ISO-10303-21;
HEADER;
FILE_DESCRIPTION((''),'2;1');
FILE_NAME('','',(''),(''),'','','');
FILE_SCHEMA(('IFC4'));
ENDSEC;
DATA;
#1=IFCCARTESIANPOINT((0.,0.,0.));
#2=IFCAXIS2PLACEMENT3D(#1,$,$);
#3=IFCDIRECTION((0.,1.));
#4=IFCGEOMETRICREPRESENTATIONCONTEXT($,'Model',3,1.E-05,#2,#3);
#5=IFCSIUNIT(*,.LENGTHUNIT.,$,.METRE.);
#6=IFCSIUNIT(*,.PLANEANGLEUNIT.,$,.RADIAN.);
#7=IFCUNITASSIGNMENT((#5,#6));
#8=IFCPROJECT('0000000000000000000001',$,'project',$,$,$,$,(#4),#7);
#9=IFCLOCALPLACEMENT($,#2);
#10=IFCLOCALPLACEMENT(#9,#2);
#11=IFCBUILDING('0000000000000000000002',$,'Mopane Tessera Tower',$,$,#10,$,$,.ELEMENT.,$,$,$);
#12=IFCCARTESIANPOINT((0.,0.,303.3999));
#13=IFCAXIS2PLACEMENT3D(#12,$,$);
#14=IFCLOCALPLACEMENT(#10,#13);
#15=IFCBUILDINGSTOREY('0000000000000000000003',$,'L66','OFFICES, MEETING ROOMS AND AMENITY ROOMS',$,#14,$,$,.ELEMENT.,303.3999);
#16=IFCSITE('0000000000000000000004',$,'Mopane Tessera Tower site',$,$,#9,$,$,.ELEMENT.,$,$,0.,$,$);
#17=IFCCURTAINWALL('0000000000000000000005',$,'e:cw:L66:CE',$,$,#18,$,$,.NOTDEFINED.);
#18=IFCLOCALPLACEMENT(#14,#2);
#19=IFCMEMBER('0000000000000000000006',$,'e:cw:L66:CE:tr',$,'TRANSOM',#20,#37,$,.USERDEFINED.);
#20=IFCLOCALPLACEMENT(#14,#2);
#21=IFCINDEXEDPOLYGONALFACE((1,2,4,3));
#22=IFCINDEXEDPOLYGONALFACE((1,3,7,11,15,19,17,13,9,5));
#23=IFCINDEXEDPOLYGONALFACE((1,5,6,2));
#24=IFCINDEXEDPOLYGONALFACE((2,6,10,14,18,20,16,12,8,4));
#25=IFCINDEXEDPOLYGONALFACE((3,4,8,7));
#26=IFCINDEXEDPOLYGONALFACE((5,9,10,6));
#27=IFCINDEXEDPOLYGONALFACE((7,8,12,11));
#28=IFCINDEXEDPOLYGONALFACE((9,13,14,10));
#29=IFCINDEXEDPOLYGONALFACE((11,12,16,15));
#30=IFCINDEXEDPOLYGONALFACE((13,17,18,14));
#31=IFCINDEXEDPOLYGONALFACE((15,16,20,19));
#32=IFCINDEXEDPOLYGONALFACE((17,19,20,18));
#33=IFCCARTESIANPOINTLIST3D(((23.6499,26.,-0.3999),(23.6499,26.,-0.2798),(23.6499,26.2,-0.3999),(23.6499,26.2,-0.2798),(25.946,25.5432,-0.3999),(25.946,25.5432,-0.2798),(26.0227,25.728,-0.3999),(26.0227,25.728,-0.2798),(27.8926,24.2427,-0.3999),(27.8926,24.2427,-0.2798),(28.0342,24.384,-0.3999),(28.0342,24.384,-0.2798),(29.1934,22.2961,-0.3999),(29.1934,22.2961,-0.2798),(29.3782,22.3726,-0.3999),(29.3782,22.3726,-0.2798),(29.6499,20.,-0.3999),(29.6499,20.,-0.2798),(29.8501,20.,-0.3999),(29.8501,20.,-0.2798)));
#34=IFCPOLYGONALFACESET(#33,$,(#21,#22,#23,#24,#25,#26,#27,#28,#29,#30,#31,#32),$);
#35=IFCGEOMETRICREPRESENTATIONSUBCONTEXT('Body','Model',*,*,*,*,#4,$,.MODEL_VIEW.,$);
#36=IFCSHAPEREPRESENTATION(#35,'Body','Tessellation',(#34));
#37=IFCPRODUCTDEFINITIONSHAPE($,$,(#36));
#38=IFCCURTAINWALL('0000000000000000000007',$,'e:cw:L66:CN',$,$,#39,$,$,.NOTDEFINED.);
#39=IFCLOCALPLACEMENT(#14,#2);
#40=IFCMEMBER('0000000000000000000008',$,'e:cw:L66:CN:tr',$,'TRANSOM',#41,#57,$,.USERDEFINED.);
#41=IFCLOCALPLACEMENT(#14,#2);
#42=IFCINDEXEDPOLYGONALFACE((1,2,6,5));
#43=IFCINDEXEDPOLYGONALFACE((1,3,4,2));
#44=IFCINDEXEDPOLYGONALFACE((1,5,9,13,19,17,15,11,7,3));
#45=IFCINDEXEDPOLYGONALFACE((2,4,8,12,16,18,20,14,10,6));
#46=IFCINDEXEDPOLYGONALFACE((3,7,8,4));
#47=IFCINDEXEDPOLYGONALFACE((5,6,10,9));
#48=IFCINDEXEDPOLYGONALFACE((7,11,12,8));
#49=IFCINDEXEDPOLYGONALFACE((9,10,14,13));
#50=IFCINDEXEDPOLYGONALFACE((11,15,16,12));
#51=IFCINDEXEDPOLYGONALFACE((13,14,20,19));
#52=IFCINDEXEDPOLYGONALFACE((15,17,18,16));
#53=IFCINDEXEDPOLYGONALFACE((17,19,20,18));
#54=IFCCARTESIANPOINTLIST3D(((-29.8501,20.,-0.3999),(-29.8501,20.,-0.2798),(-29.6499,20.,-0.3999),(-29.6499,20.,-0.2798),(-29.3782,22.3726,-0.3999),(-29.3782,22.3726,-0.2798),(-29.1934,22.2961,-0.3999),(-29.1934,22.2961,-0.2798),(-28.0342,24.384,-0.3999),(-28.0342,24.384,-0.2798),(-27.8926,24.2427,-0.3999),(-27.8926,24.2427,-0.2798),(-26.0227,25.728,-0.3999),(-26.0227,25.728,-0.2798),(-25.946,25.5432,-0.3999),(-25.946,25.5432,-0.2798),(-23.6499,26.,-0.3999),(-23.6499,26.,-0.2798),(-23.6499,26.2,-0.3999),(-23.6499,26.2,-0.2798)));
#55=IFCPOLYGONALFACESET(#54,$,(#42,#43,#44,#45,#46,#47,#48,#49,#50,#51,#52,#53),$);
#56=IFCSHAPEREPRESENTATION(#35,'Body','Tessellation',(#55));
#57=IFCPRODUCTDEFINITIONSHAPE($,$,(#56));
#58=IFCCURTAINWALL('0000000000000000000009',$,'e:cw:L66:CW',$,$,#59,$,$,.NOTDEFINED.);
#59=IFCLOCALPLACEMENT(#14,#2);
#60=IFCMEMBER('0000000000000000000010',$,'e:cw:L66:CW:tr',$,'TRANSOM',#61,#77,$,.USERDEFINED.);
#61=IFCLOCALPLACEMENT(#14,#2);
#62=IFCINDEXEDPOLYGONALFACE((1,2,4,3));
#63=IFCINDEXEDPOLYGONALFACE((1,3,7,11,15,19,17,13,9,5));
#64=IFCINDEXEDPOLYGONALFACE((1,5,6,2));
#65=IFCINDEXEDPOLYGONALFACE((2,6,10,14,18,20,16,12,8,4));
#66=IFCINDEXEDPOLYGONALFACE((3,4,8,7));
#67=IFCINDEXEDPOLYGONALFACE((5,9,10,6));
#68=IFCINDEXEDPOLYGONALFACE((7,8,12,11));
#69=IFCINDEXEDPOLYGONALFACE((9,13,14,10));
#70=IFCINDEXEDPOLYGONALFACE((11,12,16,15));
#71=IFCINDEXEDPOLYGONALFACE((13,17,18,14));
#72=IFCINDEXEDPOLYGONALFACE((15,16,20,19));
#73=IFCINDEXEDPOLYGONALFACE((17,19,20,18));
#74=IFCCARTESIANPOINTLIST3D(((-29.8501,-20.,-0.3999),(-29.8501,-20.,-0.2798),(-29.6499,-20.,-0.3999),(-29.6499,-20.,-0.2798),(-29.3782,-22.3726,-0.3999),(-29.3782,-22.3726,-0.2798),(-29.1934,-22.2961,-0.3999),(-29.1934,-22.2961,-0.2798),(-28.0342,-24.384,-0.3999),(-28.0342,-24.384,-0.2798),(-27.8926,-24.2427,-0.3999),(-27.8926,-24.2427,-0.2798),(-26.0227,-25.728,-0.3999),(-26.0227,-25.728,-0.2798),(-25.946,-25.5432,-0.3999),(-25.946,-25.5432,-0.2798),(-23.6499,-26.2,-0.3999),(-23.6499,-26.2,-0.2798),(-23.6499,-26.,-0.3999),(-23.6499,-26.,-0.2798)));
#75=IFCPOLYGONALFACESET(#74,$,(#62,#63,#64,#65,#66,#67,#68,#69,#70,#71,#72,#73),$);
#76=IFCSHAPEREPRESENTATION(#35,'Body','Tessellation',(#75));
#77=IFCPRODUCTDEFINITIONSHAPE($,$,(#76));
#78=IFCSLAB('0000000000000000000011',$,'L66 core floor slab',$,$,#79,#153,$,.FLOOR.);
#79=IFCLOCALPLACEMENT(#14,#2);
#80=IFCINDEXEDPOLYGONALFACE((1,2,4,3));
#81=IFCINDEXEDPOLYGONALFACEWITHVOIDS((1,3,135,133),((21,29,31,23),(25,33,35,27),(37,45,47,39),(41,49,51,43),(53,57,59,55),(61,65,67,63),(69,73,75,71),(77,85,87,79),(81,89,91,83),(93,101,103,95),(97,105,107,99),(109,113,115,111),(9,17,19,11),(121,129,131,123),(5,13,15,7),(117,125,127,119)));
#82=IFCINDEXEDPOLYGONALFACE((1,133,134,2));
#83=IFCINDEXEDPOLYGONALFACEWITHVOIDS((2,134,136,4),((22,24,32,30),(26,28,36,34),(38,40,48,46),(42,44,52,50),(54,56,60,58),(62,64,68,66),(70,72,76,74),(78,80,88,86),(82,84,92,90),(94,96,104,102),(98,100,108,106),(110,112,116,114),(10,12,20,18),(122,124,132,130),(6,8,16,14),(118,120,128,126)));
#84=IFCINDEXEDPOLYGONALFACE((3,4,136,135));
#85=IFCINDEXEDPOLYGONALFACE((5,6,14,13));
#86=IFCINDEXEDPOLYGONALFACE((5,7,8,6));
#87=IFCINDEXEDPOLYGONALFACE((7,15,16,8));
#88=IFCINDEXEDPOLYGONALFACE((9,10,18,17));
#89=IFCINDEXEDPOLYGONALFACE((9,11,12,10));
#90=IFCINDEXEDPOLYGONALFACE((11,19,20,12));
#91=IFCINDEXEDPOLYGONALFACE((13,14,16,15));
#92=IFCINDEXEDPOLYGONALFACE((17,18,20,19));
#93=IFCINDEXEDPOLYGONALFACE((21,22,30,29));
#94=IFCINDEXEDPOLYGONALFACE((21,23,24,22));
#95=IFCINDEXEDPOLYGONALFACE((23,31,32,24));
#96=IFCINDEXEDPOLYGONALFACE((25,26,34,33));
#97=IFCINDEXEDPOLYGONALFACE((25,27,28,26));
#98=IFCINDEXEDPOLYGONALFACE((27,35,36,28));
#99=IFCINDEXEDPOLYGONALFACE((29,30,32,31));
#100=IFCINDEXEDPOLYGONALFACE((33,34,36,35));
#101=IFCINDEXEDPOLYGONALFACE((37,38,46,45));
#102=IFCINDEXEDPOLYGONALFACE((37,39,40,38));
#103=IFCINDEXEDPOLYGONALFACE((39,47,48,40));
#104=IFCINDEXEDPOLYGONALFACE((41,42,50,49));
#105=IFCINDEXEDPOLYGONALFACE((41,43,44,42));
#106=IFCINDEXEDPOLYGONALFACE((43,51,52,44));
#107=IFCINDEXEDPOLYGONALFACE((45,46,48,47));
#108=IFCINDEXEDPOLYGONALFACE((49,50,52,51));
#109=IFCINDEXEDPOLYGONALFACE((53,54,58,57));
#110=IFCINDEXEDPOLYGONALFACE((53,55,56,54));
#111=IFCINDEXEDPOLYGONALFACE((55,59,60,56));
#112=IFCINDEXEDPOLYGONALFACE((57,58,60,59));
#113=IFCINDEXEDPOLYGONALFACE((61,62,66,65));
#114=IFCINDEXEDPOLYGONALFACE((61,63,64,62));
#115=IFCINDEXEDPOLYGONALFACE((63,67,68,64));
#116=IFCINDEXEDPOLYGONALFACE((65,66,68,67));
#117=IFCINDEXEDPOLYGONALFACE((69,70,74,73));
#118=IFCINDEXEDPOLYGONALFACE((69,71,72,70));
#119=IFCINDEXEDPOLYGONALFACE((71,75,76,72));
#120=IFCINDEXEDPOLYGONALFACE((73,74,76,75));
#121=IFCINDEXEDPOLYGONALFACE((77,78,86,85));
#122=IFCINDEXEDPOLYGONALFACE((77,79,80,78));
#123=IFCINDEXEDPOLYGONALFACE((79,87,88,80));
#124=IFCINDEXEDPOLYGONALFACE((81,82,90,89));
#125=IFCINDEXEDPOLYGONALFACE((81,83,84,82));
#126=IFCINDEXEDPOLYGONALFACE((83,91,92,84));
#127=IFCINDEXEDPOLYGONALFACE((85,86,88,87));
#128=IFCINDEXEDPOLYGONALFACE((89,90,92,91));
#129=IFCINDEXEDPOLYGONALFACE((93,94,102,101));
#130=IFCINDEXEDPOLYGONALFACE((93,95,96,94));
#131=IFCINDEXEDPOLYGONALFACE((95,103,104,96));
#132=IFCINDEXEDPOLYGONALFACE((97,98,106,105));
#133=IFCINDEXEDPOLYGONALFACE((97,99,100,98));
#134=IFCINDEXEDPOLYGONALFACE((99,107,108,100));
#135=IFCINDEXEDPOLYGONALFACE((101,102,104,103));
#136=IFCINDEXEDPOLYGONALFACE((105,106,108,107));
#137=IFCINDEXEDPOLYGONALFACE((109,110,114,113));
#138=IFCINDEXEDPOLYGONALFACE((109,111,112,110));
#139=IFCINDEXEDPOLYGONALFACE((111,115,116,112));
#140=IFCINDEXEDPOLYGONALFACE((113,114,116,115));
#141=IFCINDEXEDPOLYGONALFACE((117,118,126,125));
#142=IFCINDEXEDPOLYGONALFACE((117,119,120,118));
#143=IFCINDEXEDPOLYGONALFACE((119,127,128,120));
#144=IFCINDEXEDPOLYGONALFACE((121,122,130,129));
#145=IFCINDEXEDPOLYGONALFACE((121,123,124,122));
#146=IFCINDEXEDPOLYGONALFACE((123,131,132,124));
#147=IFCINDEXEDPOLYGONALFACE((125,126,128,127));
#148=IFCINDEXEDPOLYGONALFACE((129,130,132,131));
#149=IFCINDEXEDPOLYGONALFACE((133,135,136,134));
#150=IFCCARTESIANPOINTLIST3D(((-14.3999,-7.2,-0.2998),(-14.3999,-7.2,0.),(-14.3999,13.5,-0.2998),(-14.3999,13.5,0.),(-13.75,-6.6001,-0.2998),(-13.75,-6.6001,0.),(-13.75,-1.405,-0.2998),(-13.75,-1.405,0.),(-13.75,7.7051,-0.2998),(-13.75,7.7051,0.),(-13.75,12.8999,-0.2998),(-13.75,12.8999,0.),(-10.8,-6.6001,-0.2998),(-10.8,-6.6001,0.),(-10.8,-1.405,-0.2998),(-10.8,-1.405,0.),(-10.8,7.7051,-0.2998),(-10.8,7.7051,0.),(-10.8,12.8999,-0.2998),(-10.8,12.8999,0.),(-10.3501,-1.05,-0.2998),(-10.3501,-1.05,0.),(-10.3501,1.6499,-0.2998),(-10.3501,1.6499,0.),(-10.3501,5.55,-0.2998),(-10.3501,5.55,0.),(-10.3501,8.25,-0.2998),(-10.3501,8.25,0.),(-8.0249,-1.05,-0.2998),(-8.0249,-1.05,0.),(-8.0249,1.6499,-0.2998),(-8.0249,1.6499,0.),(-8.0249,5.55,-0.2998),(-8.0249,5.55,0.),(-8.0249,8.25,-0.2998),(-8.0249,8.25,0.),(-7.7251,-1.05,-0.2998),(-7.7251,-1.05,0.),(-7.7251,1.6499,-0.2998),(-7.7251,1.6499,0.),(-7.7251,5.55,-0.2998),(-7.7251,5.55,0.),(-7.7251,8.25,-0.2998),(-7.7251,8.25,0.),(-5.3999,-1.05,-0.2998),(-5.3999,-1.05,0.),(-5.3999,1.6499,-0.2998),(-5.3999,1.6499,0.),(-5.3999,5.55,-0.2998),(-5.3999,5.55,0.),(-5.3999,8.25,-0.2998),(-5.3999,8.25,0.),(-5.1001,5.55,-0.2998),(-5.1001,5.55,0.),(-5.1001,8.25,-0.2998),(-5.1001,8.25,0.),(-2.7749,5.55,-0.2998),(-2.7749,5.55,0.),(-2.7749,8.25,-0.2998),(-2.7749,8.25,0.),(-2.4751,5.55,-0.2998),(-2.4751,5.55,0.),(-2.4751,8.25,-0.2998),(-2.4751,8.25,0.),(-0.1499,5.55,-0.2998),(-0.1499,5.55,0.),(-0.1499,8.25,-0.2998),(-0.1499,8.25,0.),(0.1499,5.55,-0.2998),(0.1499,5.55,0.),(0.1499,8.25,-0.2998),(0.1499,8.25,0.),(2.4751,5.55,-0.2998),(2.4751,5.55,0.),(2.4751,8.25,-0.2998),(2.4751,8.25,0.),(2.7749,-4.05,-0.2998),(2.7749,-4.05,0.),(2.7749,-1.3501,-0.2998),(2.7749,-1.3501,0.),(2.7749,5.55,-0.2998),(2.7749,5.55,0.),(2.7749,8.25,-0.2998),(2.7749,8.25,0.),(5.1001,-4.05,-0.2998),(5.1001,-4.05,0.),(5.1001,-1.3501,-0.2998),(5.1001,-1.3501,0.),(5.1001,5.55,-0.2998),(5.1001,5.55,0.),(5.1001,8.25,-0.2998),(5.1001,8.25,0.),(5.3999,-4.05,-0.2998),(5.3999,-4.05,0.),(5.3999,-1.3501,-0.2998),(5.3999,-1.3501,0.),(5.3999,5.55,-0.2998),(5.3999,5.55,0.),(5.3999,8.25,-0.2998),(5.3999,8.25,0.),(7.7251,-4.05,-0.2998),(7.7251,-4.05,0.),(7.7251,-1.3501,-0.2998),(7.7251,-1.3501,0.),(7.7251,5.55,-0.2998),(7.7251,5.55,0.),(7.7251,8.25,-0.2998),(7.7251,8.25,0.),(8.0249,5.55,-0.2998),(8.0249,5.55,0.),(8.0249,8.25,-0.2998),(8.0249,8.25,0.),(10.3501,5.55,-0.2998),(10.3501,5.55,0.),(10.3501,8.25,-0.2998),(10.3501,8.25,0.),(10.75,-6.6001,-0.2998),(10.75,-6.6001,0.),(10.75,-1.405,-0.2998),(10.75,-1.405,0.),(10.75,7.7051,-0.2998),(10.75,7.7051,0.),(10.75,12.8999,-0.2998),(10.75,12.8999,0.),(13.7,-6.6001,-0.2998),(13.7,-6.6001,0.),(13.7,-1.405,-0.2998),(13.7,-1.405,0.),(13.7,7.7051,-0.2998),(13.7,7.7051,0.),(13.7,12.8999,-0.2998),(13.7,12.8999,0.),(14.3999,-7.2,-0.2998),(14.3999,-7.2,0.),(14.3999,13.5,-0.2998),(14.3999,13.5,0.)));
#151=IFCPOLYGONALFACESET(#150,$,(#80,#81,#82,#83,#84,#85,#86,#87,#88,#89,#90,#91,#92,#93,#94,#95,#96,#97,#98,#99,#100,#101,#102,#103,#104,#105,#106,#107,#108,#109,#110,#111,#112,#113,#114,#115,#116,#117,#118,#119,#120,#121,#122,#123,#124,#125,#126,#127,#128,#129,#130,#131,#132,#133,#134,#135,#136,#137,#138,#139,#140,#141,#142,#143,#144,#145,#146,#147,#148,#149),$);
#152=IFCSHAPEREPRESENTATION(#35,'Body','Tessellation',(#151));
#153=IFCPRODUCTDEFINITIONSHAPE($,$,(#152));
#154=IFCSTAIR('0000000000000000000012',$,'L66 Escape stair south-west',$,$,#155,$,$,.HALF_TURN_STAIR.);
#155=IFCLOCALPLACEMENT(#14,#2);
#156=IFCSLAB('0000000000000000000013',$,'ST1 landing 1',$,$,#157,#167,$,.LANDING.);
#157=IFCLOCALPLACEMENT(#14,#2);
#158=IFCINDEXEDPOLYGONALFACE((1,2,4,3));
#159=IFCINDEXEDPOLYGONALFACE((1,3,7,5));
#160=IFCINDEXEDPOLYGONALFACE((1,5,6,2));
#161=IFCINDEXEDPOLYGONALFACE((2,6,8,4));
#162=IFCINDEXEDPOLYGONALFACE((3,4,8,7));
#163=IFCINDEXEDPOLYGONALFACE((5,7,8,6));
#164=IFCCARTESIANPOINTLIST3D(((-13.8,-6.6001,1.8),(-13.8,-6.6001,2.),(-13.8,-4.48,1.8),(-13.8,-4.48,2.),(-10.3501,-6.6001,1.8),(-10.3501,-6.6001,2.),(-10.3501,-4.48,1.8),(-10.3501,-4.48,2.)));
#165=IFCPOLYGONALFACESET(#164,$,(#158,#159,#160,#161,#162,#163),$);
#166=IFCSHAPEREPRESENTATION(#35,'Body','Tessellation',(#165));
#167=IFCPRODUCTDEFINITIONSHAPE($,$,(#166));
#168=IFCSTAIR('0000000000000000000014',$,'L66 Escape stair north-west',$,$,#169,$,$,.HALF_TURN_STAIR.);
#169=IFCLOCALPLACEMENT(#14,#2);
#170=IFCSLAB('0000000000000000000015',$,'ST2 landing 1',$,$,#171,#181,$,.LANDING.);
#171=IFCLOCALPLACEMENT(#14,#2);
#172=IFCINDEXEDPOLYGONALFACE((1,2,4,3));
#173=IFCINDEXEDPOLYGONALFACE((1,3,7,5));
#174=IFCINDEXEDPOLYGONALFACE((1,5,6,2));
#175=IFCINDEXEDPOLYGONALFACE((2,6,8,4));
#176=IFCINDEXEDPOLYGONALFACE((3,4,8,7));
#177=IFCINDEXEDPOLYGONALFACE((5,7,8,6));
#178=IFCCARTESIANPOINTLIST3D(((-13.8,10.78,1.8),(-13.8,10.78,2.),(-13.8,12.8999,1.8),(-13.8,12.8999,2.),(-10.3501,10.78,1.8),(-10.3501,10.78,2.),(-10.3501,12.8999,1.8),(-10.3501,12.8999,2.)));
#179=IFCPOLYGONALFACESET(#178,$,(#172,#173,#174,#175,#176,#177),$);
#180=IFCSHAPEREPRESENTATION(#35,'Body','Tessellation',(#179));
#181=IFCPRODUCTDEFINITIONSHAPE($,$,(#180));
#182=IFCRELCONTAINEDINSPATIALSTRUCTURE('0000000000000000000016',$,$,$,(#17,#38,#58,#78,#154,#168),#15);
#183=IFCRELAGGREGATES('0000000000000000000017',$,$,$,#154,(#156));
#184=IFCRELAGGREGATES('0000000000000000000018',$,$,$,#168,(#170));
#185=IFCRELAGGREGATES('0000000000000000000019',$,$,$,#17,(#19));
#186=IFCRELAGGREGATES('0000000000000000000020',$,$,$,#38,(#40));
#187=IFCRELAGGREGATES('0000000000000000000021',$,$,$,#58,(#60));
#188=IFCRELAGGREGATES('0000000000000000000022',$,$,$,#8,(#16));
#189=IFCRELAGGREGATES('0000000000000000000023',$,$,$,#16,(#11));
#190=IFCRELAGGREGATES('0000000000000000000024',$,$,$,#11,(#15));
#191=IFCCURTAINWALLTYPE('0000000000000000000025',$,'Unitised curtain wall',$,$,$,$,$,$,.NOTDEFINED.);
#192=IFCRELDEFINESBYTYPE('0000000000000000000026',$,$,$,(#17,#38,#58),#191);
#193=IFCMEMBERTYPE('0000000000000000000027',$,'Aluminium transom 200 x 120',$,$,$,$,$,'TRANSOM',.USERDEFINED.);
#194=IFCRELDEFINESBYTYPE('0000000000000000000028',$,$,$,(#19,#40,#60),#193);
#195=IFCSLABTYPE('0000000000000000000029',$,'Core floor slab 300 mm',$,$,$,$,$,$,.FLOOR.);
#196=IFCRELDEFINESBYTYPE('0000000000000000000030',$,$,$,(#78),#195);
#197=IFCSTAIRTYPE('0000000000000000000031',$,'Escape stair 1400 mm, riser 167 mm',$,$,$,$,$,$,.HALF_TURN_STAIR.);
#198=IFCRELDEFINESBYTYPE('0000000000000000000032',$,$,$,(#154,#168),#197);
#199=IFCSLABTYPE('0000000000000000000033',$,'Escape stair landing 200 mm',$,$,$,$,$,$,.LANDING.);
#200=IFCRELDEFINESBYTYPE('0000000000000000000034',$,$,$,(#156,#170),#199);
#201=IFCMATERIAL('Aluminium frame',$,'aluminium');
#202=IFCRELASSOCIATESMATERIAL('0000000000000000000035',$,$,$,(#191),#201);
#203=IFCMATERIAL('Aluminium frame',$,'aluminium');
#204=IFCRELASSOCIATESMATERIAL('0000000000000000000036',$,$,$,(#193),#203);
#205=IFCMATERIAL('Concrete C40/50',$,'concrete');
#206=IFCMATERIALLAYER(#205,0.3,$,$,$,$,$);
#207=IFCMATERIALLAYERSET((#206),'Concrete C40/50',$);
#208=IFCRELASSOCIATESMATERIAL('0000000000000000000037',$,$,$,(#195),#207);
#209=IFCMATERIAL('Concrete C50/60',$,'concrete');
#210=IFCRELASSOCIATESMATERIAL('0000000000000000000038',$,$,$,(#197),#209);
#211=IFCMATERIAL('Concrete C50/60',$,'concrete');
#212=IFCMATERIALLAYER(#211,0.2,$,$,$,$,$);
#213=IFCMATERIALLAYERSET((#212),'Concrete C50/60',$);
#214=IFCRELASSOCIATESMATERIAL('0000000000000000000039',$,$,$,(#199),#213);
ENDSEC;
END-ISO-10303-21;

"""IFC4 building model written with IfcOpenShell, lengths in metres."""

from ifc_helpers import new_model, si_unit, direction, frame, origin, origin_2d, place, context, subcontext, project, spatial, polyline, rectangle, outline, extrude, material, layer, layer_set, material_profile, profile_set, type_object, element, aggregate, save


model = new_model("IFC4")

# Units and contexts
model_context = context("Model", 3, precision=1e-05, world=origin(), true_north=direction((0.0, 1.0)))
body_context = subcontext(model_context, "Body", "Model", "MODEL_VIEW")
ifc_project = project(units=[si_unit("LENGTHUNIT", "METRE"), si_unit("PLANEANGLEUNIT", "RADIAN")], contexts=[model_context])

# Site, building, storey
site_placement = place(None, origin())
site = spatial("IfcSite", under=ifc_project, at=site_placement, Name="Mopane Tessera Tower site", CompositionType="ELEMENT", RefElevation=0.0)
building_placement = place(site_placement, origin())
building = spatial("IfcBuilding", under=site, at=building_placement, Name="Mopane Tessera Tower", CompositionType="ELEMENT")
storey_placement = place(building_placement, frame((0.0, 0.0, 303.3999)))
storey = spatial("IfcBuildingStorey", under=building, at=storey_placement, Name="L66", Description="OFFICES, MEETING ROOMS AND AMENITY ROOMS", CompositionType="ELEMENT", Elevation=303.3999)

# Curtain walls, members
ifc_material_1 = material(Name="Aluminium frame", Category="aluminium")
curtain_wall_type = type_object("IfcCurtainWallType", Name="Unitised curtain wall", PredefinedType="NOTDEFINED", material=ifc_material_1)
curtain_wall_1_placement = place(storey_placement, origin())
curtain_wall_1 = element("IfcCurtainWall", 1, at=curtain_wall_1_placement, inside=storey, type_object=curtain_wall_type, Name="e:cw:L66:CE", PredefinedType="NOTDEFINED")
ifc_material_2 = material(Name="Aluminium frame", Category="aluminium")
ifc_material_profile = material_profile(ifc_material_2, rectangle(XDim=0.2, YDim=0.1201, at=origin_2d()))
ifc_profile_set = profile_set([ifc_material_profile], Name="Aluminium frame")
member_type = type_object("IfcMemberType", Name="Aluminium transom 200 x 120", ElementType="TRANSOM", PredefinedType="USERDEFINED", material=ifc_profile_set)
member_1_placement = place(storey_placement, frame((0.0, 0.0, -0.3999)))
member_1 = element("IfcMember", 2, at=member_1_placement, type_object=member_type, Name="e:cw:L66:CE:tr", ObjectType="TRANSOM", PredefinedType="USERDEFINED", context=body_context, shape_type="SweptSolid", body=[
    extrude(outline(polyline([(29.6499, 20.0), (29.1934, 22.2961), (27.8926, 24.2427), (25.946, 25.5432), (23.6499, 26.0), (23.6499, 26.2), (26.0227, 25.728), (28.0342, 24.384), (29.3782, 22.3726), (29.8501, 20.0), (29.6499, 20.0)])), origin(), (0.0, 0.0, 1.0), 0.1201),
])
curtain_wall_2_placement = place(storey_placement, origin())
curtain_wall_2 = element("IfcCurtainWall", 3, at=curtain_wall_2_placement, inside=storey, type_object=curtain_wall_type, Name="e:cw:L66:CN", PredefinedType="NOTDEFINED")
member_2_placement = place(storey_placement, frame((0.0, 0.0, -0.3999)))
member_2 = element("IfcMember", 4, at=member_2_placement, type_object=member_type, Name="e:cw:L66:CN:tr", ObjectType="TRANSOM", PredefinedType="USERDEFINED", context=body_context, shape_type="SweptSolid", body=[
    extrude(outline(polyline([(-23.6499, 26.0), (-25.946, 25.5432), (-27.8926, 24.2427), (-29.1934, 22.2961), (-29.6499, 20.0), (-29.8501, 20.0), (-29.3782, 22.3726), (-28.0342, 24.384), (-26.0227, 25.728), (-23.6499, 26.2), (-23.6499, 26.0)])), origin(), (0.0, 0.0, 1.0), 0.1201),
])
curtain_wall_3_placement = place(storey_placement, origin())
curtain_wall_3 = element("IfcCurtainWall", 5, at=curtain_wall_3_placement, inside=storey, type_object=curtain_wall_type, Name="e:cw:L66:CW", PredefinedType="NOTDEFINED")
member_3_placement = place(storey_placement, frame((0.0, 0.0, -0.3999)))
member_3 = element("IfcMember", 6, at=member_3_placement, type_object=member_type, Name="e:cw:L66:CW:tr", ObjectType="TRANSOM", PredefinedType="USERDEFINED", context=body_context, shape_type="SweptSolid", body=[
    extrude(outline(polyline([(-29.6499, -20.0), (-29.1934, -22.2961), (-27.8926, -24.2427), (-25.946, -25.5432), (-23.6499, -26.0), (-23.6499, -26.2), (-26.0227, -25.728), (-28.0342, -24.384), (-29.3782, -22.3726), (-29.8501, -20.0), (-29.6499, -20.0)])), origin(), (0.0, 0.0, 1.0), 0.1201),
])

# Slab
ifc_material_3 = material(Name="Concrete C40/50", Category="concrete")
ifc_layer_1 = layer(ifc_material_3, 0.3)
ifc_layer_set_1 = layer_set([ifc_layer_1], Name="Concrete C40/50")
slab_type_1 = type_object("IfcSlabType", Name="Core floor slab 300 mm", PredefinedType="FLOOR", material=ifc_layer_set_1)
slab_1_placement = place(storey_placement, frame((0.0, 0.0, -0.2998)))
element("IfcSlab", 7, at=slab_1_placement, inside=storey, type_object=slab_type_1, Name="L66 core floor slab", PredefinedType="FLOOR", context=body_context, shape_type="SweptSolid", body=[
    extrude(outline(polyline([(-14.3999, -7.2), (14.3999, -7.2), (14.3999, 13.5), (-14.3999, 13.5), (-14.3999, -7.2)]), holes=[polyline([(-10.3501, -1.05), (-8.0249, -1.05), (-8.0249, 1.6499), (-10.3501, 1.6499), (-10.3501, -1.05)]), polyline([(-7.7251, -1.05), (-5.3999, -1.05), (-5.3999, 1.6499), (-7.7251, 1.6499), (-7.7251, -1.05)]), polyline([(-10.3501, 5.55), (-8.0249, 5.55), (-8.0249, 8.25), (-10.3501, 8.25), (-10.3501, 5.55)]), polyline([(-7.7251, 5.55), (-5.3999, 5.55), (-5.3999, 8.25), (-7.7251, 8.25), (-7.7251, 5.55)]), polyline([(-5.1001, 5.55), (-2.7749, 5.55), (-2.7749, 8.25), (-5.1001, 8.25), (-5.1001, 5.55)]), polyline([(-2.4751, 5.55), (-0.1499, 5.55), (-0.1499, 8.25), (-2.4751, 8.25), (-2.4751, 5.55)]), polyline([(0.1499, 5.55), (2.4751, 5.55), (2.4751, 8.25), (0.1499, 8.25), (0.1499, 5.55)]), polyline([(2.7749, 5.55), (5.1001, 5.55), (5.1001, 8.25), (2.7749, 8.25), (2.7749, 5.55)]), polyline([(5.3999, 5.55), (7.7251, 5.55), (7.7251, 8.25), (5.3999, 8.25), (5.3999, 5.55)]), polyline([(8.0249, 5.55), (10.3501, 5.55), (10.3501, 8.25), (8.0249, 8.25), (8.0249, 5.55)]), polyline([(2.7749, -4.05), (5.1001, -4.05), (5.1001, -1.3501), (2.7749, -1.3501), (2.7749, -4.05)]), polyline([(5.3999, -4.05), (7.7251, -4.05), (7.7251, -1.3501), (5.3999, -1.3501), (5.3999, -4.05)]), polyline([(-13.75, -1.405), (-13.75, -6.6001), (-10.8, -6.6001), (-10.8, -1.405), (-13.75, -1.405)]), polyline([(-10.8, 7.7051), (-10.8, 12.8999), (-13.75, 12.8999), (-13.75, 7.7051), (-10.8, 7.7051)]), polyline([(10.75, -1.405), (10.75, -6.6001), (13.7, -6.6001), (13.7, -1.405), (10.75, -1.405)]), polyline([(13.7, 7.7051), (13.7, 12.8999), (10.75, 12.8999), (10.75, 7.7051), (13.7, 7.7051)])]), origin(), (0.0, 0.0, 1.0), 0.2998),
])

# Stairs, slabs
ifc_material_4 = material(Name="Concrete C50/60", Category="concrete")
stair_type = type_object("IfcStairType", Name="Escape stair 1400 mm, riser 167 mm", PredefinedType="HALF_TURN_STAIR", material=ifc_material_4)
stair_1_placement = place(storey_placement, origin())
stair_1 = element("IfcStair", 8, at=stair_1_placement, inside=storey, type_object=stair_type, Name="L66 Escape stair south-west", PredefinedType="HALF_TURN_STAIR")
ifc_material_5 = material(Name="Concrete C50/60", Category="concrete")
ifc_layer_2 = layer(ifc_material_5, 0.2)
ifc_layer_set_2 = layer_set([ifc_layer_2], Name="Concrete C50/60")
slab_type_2 = type_object("IfcSlabType", Name="Escape stair landing 200 mm", PredefinedType="LANDING", material=ifc_layer_set_2)
slab_2_placement = place(storey_placement, frame((0.0, 0.0, 1.8)))
slab_2 = element("IfcSlab", 9, at=slab_2_placement, type_object=slab_type_2, Name="ST1 landing 1", PredefinedType="LANDING", context=body_context, shape_type="SweptSolid", body=[
    extrude(outline(polyline([(-13.8, -4.48), (-13.8, -6.6001), (-10.3501, -6.6001), (-10.3501, -4.48), (-13.8, -4.48)])), origin(), (0.0, 0.0, 1.0), 0.2),
])
aggregate(stair_1, [slab_2])
stair_2_placement = place(storey_placement, origin())
stair_2 = element("IfcStair", 10, at=stair_2_placement, inside=storey, type_object=stair_type, Name="L66 Escape stair north-west", PredefinedType="HALF_TURN_STAIR")
slab_3_placement = place(storey_placement, frame((0.0, 0.0, 1.8)))
slab_3 = element("IfcSlab", 11, at=slab_3_placement, type_object=slab_type_2, Name="ST2 landing 1", PredefinedType="LANDING", context=body_context, shape_type="SweptSolid", body=[
    extrude(outline(polyline([(-10.3501, 10.78), (-10.3501, 12.8999), (-13.8, 12.8999), (-13.8, 10.78), (-10.3501, 10.78)])), origin(), (0.0, 0.0, 1.0), 0.2),
])
aggregate(stair_2, [slab_3])

aggregate(curtain_wall_1, [member_1])
aggregate(curtain_wall_2, [member_2])
aggregate(curtain_wall_3, [member_3])

save(model, "model.ifc")
